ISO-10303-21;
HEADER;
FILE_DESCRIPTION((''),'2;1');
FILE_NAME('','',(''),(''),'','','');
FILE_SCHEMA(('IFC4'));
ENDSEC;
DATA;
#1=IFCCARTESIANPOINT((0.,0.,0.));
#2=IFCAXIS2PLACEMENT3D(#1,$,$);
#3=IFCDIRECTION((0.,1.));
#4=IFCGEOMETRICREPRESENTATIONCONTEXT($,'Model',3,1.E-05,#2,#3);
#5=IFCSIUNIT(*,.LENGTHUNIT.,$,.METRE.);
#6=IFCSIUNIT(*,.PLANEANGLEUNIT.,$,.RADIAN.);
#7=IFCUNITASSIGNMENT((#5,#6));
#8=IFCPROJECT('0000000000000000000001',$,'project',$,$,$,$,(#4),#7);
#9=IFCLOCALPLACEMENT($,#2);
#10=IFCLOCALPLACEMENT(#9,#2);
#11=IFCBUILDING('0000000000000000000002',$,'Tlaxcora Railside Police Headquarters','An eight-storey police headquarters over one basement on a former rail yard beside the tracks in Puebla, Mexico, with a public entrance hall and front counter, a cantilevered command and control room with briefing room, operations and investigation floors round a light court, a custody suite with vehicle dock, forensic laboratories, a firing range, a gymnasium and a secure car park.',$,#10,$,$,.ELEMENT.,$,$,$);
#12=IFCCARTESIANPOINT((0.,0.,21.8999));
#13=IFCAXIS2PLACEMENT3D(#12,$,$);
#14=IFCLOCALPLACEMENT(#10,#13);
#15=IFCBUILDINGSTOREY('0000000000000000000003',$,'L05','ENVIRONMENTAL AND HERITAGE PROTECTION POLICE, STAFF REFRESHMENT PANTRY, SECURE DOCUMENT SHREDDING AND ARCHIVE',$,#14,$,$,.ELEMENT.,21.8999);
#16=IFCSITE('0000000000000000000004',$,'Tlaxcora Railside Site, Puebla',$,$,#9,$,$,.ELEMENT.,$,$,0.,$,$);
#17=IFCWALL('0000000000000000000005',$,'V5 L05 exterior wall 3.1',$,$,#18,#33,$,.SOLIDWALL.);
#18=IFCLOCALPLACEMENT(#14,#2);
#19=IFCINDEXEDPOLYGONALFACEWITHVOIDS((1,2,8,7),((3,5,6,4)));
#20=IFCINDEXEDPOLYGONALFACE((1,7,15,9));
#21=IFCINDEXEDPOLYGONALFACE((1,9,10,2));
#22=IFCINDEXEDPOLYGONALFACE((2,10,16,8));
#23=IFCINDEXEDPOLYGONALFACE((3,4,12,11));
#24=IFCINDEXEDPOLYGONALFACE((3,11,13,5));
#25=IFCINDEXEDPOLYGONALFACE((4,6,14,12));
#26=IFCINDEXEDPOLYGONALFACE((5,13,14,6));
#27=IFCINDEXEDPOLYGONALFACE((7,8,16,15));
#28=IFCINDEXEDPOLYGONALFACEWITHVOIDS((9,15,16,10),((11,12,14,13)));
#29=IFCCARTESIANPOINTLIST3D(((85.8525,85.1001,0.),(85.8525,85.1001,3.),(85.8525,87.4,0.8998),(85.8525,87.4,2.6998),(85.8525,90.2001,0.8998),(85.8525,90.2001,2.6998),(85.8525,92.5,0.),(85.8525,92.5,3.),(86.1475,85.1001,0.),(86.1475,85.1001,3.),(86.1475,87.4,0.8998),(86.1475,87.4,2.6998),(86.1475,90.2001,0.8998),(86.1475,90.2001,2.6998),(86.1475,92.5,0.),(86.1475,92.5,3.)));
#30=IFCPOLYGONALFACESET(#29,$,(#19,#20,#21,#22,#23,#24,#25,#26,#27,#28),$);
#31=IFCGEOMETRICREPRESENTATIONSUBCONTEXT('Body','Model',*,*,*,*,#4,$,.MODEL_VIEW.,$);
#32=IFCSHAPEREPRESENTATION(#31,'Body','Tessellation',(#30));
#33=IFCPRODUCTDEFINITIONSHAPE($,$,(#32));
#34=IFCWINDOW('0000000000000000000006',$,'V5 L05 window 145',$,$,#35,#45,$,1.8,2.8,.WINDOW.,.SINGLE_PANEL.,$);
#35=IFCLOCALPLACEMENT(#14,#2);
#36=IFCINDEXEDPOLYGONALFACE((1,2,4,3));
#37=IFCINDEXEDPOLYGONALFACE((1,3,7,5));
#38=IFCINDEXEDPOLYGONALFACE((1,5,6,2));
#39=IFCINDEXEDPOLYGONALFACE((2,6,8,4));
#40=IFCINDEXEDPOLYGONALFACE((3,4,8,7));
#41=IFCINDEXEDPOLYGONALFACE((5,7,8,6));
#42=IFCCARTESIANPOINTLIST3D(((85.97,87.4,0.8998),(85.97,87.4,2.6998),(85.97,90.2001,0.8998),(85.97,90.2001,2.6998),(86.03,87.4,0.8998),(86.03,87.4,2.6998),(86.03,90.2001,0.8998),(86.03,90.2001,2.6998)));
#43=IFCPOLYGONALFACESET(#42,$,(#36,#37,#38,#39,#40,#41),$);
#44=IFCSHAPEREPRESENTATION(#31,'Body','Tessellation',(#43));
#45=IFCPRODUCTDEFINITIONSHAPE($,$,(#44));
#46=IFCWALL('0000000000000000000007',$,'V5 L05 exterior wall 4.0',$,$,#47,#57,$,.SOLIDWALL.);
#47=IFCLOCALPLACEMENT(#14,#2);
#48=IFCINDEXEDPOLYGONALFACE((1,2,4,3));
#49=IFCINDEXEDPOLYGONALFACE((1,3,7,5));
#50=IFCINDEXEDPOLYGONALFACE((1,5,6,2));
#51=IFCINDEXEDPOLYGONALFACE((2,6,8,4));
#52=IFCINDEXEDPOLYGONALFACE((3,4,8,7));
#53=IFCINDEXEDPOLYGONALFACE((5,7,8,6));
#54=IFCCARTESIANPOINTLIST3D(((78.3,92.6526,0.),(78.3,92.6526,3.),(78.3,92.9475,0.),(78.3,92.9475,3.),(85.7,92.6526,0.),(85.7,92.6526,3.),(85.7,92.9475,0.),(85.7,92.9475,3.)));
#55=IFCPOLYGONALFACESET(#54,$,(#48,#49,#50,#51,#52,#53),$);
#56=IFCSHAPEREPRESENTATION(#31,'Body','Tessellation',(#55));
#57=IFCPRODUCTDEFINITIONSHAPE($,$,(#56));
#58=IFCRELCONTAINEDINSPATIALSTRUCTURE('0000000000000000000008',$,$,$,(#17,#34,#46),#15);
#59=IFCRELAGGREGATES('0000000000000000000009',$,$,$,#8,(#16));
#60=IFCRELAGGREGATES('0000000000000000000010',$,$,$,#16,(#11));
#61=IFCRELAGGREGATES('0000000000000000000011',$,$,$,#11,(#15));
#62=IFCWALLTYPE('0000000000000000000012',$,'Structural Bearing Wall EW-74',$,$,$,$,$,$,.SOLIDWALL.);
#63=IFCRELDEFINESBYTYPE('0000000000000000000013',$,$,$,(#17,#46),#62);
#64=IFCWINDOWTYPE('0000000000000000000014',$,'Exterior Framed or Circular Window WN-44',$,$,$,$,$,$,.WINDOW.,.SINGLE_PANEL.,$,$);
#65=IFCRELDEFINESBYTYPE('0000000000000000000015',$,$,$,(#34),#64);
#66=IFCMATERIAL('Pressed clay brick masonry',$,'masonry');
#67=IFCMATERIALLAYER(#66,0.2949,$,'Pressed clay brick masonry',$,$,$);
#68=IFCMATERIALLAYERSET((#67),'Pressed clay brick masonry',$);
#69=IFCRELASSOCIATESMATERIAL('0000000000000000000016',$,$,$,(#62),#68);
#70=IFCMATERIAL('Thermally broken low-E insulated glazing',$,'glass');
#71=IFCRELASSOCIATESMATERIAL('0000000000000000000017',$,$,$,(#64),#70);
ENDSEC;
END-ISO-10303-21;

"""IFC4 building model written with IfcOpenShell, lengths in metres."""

from ifc_helpers import new_model, si_unit, direction, frame, frame_2d, origin, place, context, subcontext, project, spatial, rectangle, extrude, material, layer, layer_set, type_object, element, fill, save


model = new_model("IFC4")

# Units and contexts
model_context = context("Model", 3, precision=1e-05, world=origin(), true_north=direction((0.0, 1.0)))
body_context = subcontext(model_context, "Body", "Model", "MODEL_VIEW")
ifc_project = project(units=[si_unit("LENGTHUNIT", "METRE"), si_unit("PLANEANGLEUNIT", "RADIAN")], contexts=[model_context])

# Site, building, storey
site_placement = place(None, origin())
site = spatial("IfcSite", under=ifc_project, at=site_placement, Name="Tlaxcora Railside Site, Puebla", CompositionType="ELEMENT", RefElevation=0.0)
building_placement = place(site_placement, origin())
building = spatial("IfcBuilding", under=site, at=building_placement, Name="Tlaxcora Railside Police Headquarters", Description="An eight-storey police headquarters over one basement on a former rail yard beside the tracks in Puebla, Mexico, with a public entrance hall and front counter, a cantilevered command and control room with briefing room, operations and investigation floors round a light court, a custody suite with vehicle dock, forensic laboratories, a firing range, a gymnasium and a secure car park.", CompositionType="ELEMENT")
storey_placement = place(building_placement, frame((0.0, 0.0, 21.8999)))
storey = spatial("IfcBuildingStorey", under=building, at=storey_placement, Name="L05", Description="ENVIRONMENTAL AND HERITAGE PROTECTION POLICE, STAFF REFRESHMENT PANTRY, SECURE DOCUMENT SHREDDING AND ARCHIVE", CompositionType="ELEMENT", Elevation=21.8999)

# Shared definitions
ifc_material_1 = material(Name="Thermally broken low-E insulated glazing", Category="glass")

# Shared definitions
ifc_material_2 = material(Name="Pressed clay brick masonry", Category="masonry")
ifc_layer_1 = layer(ifc_material_2, 0.2949, Name="Pressed clay brick masonry")
ifc_layer_set_1 = layer_set([ifc_layer_1], Name="Pressed clay brick masonry")
wall_type_1 = type_object("IfcWallType", Name="Structural Bearing Wall EW-74", PredefinedType="SOLIDWALL", material=ifc_layer_set_1)

# Wall, opening, window
wall_1_placement = place(storey_placement, frame((86.0, 85.1001, 0.0), z_axis=(0.0, 0.0, 1.0), x_axis=(0.0, 1.0, 0.0)))
wall_1 = element("IfcWall", 1, at=wall_1_placement, inside=storey, type_object=wall_type_1, Name="V5 L05 exterior wall 3.1", PredefinedType="SOLIDWALL", context=body_context, shape_type="SweptSolid", body=[
    extrude(rectangle(XDim=7.3999, YDim=0.2949, at=frame_2d((3.7, 0.0))), origin(), (0.0, 0.0, 1.0), 3.0),
])
opening_1_placement = place(wall_1_placement, frame((2.3, 0.0, 0.8999)))
opening_1 = element("IfcOpeningElement", 2, at=opening_1_placement, cuts=wall_1, PredefinedType="OPENING", context=body_context, shape_type="SweptSolid", body=[
    extrude(rectangle(XDim=2.8, YDim=1.8, at=frame_2d((1.3999, 0.8999))), frame((0.0, 0.1575, 0.0), z_axis=(0.0, -1.0, 0.0), x_axis=(1.0, 0.0, 0.0)), (0.0, 0.0, 1.0), 0.3149),
])
window_type = type_object("IfcWindowType", Name="Exterior Framed or Circular Window WN-44", PartitioningType="SINGLE_PANEL", PredefinedType="WINDOW", material=ifc_material_1)
window_placement = place(opening_1_placement, origin())
window = element("IfcWindow", 3, at=window_placement, inside=storey, type_object=window_type, Name="V5 L05 window 145", OverallHeight=1.8, OverallWidth=2.8, PartitioningType="SINGLE_PANEL", PredefinedType="WINDOW", context=body_context, shape_type="SweptSolid", body=[
    extrude(rectangle(XDim=2.8, YDim=1.8, at=frame_2d((1.3999, 0.8999))), frame((0.0, 0.03, 0.0), z_axis=(0.0, -1.0, 0.0), x_axis=(1.0, 0.0, 0.0)), (0.0, 0.0, 1.0), 0.0601),
])
fill(opening_1, window)

# Wall
wall_2_placement = place(storey_placement, frame((85.7, 92.8, 0.0), z_axis=(0.0, 0.0, 1.0), x_axis=(-1.0, 0.0, 0.0)))
element("IfcWall", 4, at=wall_2_placement, inside=storey, type_object=wall_type_1, Name="V5 L05 exterior wall 4.0", PredefinedType="SOLIDWALL", context=body_context, shape_type="SweptSolid", body=[
    extrude(rectangle(XDim=7.3999, YDim=0.2949, at=frame_2d((3.7, 0.0))), origin(), (0.0, 0.0, 1.0), 3.0),
])

save(model, "model.ifc")
